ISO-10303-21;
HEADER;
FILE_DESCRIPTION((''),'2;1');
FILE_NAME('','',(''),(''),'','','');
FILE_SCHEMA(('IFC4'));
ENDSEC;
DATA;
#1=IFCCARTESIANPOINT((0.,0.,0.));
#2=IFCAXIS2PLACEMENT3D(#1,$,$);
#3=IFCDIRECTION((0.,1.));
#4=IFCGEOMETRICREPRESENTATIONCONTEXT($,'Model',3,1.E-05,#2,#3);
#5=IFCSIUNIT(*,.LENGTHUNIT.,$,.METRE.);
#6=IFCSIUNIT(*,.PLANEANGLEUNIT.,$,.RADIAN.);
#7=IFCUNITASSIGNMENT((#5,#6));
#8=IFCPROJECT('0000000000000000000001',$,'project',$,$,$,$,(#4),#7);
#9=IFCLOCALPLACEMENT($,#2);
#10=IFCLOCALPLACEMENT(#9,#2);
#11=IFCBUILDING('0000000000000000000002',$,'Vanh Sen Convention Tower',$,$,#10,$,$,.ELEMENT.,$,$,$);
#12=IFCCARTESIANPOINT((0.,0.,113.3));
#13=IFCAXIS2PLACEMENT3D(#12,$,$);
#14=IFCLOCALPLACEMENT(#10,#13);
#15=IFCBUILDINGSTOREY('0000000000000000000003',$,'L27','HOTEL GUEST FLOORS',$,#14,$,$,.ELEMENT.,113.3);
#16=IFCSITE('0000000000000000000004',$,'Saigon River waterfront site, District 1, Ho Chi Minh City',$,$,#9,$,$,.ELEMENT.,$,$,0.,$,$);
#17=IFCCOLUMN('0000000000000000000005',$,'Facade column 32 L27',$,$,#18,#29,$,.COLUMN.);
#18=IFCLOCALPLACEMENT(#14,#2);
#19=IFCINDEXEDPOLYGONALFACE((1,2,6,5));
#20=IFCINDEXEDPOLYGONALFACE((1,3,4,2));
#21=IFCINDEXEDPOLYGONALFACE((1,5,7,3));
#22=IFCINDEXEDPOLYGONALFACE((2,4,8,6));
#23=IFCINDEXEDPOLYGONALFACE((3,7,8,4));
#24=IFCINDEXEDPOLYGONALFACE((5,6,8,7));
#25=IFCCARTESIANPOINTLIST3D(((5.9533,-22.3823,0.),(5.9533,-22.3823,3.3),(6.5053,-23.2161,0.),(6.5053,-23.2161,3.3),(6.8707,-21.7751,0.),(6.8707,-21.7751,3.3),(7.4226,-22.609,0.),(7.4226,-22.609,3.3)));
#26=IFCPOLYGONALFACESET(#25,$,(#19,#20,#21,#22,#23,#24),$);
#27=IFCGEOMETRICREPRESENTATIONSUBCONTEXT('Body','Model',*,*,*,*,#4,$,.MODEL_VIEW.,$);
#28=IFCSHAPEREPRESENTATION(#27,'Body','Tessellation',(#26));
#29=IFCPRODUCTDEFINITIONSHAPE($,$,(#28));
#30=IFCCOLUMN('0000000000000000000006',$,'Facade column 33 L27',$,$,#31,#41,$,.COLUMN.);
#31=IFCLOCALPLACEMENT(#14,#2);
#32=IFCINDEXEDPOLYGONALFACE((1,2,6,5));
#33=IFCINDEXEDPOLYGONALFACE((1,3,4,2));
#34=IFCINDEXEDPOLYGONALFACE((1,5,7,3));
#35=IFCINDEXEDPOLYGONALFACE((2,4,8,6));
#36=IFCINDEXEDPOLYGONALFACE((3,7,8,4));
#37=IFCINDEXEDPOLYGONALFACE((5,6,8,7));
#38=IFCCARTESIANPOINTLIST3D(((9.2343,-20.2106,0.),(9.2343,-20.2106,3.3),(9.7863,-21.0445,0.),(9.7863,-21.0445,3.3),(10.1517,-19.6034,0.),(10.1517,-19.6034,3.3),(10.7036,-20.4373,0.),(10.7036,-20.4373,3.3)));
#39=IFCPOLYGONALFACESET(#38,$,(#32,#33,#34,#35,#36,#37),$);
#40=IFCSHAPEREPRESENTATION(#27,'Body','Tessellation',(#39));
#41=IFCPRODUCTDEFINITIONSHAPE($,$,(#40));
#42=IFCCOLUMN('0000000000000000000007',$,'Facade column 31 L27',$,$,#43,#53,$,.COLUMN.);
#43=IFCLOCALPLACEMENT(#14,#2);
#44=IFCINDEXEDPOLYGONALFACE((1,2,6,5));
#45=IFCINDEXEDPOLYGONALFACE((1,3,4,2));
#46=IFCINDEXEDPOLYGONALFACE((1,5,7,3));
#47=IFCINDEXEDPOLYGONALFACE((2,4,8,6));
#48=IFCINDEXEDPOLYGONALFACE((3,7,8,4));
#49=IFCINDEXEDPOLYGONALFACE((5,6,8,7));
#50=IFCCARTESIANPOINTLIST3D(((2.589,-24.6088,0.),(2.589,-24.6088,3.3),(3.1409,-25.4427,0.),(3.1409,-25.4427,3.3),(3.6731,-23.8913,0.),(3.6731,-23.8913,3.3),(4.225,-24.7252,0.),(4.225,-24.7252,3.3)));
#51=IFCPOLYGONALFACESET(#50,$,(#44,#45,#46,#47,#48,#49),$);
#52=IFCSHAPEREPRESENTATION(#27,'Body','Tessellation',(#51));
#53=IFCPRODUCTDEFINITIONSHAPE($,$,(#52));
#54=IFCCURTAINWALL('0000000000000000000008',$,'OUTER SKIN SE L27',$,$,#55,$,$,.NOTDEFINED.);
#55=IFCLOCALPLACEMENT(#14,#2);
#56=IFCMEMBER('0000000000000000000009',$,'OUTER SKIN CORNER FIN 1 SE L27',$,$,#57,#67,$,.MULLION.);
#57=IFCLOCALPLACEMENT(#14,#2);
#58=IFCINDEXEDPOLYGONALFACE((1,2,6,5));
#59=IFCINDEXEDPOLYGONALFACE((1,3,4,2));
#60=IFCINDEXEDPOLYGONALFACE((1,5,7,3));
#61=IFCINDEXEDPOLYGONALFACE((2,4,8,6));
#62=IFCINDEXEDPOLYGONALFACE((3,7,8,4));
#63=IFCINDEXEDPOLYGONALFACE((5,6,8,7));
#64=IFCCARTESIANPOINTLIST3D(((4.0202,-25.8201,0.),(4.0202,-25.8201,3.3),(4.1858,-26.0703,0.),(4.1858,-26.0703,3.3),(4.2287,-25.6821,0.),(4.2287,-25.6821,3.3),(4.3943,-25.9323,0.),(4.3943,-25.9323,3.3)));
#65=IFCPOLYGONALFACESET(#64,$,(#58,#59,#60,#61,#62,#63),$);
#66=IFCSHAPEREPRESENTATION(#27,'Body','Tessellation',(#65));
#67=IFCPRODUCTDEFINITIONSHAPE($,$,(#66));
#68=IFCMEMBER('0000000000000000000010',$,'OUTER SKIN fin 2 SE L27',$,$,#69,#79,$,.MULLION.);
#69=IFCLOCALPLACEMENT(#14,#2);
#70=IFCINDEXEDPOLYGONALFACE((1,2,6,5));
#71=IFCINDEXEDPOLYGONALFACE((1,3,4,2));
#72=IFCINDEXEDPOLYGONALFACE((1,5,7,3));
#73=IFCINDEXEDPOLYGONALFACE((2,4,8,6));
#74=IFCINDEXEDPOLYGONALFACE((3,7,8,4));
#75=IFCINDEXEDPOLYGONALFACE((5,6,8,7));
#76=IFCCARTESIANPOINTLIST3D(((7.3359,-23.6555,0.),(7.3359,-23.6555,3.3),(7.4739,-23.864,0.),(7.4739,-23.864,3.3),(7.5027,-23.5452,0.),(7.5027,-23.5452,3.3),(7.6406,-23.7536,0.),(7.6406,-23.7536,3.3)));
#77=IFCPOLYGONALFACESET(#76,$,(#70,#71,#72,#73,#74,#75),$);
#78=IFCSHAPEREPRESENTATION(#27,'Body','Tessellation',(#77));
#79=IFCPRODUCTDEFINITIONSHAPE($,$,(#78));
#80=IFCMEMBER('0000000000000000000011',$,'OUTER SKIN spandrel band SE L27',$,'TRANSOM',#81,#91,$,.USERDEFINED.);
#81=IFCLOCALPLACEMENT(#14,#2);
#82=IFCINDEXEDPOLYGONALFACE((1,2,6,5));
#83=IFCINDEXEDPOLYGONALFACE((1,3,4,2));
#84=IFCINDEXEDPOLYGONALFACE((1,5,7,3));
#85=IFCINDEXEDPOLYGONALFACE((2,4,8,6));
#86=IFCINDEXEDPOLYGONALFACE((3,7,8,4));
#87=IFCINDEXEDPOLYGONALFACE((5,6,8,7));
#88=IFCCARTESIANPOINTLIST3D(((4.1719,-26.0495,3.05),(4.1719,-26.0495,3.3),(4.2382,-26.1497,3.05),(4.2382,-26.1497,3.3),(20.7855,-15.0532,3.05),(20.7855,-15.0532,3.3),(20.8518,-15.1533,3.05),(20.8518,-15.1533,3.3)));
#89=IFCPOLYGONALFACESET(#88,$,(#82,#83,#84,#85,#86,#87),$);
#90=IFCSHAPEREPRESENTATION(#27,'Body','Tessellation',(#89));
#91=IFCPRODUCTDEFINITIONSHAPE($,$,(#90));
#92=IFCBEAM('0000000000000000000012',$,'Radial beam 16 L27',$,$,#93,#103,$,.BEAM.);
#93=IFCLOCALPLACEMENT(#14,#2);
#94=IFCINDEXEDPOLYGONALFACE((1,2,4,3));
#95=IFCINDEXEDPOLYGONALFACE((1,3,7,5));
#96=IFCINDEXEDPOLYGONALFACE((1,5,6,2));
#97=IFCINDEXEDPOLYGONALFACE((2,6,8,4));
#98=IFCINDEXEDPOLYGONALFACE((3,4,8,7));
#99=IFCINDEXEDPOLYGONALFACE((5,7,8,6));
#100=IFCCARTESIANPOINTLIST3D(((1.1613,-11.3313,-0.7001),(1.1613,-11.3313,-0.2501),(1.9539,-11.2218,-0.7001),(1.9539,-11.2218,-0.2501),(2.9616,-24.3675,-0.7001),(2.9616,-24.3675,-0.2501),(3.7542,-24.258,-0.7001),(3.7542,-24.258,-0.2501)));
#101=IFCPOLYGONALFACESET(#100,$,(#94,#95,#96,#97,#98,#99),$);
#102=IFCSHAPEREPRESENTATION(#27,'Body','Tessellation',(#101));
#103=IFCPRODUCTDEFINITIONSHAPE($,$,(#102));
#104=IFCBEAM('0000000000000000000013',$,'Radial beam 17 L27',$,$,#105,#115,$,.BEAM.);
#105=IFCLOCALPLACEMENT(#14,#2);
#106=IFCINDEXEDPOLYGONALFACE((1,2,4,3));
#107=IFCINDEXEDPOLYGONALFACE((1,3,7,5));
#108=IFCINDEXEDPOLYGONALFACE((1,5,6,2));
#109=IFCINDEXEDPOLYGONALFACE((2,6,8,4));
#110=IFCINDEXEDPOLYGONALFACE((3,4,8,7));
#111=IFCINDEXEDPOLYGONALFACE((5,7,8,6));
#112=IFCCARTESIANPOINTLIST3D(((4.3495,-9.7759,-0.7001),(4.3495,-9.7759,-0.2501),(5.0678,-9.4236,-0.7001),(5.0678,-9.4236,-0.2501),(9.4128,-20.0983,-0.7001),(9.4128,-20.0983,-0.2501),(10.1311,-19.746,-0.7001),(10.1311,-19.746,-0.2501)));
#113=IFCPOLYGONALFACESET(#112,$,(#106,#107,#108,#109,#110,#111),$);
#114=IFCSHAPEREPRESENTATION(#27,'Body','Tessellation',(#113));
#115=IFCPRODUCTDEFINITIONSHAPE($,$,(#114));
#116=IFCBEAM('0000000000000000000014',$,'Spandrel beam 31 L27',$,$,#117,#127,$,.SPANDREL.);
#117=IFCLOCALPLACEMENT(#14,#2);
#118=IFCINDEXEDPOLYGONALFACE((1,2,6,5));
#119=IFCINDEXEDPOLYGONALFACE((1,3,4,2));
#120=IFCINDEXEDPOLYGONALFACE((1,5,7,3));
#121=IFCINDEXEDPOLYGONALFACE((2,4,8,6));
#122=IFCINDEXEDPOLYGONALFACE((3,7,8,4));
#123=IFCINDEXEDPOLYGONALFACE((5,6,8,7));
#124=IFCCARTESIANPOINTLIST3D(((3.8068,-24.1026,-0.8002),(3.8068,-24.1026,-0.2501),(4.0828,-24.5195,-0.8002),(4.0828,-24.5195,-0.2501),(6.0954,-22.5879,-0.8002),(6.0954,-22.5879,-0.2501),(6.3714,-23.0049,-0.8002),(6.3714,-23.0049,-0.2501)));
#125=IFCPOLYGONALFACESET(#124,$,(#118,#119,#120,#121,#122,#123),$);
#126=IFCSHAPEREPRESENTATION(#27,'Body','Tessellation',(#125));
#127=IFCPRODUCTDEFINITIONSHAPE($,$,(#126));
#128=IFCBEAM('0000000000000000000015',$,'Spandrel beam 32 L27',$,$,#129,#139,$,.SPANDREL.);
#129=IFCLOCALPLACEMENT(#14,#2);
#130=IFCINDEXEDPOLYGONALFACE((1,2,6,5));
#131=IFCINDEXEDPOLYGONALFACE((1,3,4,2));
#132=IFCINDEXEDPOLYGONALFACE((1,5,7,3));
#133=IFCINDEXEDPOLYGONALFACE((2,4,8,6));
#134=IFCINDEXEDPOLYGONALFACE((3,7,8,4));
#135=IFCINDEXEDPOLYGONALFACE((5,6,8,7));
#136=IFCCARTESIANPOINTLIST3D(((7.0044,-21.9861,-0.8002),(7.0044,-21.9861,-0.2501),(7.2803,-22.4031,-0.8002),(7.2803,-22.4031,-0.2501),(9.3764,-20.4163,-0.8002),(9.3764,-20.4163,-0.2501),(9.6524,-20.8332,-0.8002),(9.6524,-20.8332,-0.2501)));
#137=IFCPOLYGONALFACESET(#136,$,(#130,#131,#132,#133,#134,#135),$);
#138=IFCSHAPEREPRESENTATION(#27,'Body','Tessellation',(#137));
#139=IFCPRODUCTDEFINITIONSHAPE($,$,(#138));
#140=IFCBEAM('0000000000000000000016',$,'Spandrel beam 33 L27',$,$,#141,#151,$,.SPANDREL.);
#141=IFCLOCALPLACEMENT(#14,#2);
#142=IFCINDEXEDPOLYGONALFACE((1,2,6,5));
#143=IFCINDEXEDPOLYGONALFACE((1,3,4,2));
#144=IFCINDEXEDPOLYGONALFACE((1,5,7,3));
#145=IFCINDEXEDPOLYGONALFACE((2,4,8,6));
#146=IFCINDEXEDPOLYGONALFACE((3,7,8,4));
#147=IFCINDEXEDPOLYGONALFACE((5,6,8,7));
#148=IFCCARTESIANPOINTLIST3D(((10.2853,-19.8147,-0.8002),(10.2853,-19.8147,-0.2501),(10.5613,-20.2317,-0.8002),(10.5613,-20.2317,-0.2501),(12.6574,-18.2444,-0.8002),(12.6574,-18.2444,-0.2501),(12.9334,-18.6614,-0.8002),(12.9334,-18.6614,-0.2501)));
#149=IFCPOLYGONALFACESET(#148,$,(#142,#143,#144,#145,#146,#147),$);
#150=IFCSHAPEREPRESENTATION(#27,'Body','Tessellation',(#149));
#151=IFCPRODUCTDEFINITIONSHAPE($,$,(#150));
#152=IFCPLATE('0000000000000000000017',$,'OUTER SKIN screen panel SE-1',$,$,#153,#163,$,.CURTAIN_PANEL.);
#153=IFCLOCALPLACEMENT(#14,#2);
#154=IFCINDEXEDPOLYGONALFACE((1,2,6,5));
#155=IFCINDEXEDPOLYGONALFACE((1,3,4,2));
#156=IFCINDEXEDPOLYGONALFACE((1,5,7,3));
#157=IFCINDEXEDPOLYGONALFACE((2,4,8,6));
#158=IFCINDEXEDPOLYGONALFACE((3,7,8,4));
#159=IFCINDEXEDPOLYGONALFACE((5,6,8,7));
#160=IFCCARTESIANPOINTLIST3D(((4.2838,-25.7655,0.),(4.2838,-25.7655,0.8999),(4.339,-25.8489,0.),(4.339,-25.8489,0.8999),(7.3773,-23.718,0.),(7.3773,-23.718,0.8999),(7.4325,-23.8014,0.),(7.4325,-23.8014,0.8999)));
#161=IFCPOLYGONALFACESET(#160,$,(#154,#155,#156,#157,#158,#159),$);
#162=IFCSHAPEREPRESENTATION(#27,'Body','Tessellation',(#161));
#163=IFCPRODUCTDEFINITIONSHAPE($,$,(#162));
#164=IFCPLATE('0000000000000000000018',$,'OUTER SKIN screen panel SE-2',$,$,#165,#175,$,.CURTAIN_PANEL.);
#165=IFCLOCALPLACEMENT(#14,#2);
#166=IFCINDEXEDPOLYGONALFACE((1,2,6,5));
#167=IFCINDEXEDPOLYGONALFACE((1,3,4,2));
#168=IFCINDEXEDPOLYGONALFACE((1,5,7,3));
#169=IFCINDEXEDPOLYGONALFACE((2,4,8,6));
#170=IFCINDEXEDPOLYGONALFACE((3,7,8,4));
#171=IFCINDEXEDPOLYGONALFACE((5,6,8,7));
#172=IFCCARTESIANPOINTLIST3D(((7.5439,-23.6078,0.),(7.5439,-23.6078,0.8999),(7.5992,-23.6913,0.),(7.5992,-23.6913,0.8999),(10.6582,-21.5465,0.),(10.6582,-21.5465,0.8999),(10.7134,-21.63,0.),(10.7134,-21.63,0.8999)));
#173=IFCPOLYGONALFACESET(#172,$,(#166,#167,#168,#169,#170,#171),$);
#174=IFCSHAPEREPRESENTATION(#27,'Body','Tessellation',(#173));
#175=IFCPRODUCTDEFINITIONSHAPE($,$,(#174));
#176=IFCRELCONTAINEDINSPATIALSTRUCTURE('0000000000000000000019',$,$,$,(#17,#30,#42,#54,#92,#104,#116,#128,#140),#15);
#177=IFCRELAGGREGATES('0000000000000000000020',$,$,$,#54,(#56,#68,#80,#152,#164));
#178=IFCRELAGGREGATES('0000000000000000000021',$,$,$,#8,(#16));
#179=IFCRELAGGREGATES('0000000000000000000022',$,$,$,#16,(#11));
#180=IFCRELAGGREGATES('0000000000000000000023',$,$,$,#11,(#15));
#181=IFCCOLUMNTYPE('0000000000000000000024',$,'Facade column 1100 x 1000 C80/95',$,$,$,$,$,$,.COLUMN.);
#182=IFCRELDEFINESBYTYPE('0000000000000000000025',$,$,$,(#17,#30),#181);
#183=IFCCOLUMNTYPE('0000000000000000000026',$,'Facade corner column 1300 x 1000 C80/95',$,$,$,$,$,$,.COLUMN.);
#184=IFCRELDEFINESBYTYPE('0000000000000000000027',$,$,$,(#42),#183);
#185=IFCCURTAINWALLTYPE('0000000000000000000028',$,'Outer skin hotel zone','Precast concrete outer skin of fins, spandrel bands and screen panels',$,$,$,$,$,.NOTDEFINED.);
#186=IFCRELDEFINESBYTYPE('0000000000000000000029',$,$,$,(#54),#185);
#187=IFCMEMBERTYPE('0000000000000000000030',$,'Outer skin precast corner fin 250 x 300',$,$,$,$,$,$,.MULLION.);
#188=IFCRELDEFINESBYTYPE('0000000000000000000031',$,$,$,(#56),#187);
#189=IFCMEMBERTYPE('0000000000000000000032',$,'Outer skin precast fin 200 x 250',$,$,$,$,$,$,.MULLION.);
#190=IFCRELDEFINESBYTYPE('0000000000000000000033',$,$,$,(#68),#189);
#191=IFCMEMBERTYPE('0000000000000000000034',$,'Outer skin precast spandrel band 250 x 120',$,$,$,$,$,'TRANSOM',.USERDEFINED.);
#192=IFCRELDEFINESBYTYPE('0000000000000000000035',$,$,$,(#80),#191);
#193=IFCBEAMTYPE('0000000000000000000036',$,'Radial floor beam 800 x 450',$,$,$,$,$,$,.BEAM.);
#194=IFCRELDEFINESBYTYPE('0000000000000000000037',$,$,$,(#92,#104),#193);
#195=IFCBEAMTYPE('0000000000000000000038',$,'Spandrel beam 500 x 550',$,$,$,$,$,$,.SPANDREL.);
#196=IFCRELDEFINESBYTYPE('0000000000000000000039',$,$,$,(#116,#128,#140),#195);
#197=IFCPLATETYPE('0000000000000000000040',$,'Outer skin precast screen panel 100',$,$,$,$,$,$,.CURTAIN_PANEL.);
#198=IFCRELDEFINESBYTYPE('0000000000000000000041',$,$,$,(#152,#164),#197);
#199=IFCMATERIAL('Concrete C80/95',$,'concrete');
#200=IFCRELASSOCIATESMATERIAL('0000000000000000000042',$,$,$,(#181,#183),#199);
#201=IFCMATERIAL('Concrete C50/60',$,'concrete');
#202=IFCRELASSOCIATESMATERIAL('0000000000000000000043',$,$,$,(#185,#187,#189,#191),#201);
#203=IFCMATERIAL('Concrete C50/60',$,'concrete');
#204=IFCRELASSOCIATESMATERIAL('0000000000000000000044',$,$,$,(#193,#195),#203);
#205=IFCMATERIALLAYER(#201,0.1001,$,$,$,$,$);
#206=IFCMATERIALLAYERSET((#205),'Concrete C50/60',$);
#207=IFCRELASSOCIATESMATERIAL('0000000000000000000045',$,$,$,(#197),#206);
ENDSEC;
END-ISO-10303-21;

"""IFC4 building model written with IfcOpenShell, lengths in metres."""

from ifc_helpers import new_model, si_unit, direction, frame, origin, origin_2d, place, context, subcontext, project, spatial, rectangle, extrude, material, layer, layer_set, material_profile, profile_set, type_object, element, aggregate, save


model = new_model("IFC4")

# Units and contexts
model_context = context("Model", 3, precision=1e-05, world=origin(), true_north=direction((0.0, 1.0)))
body_context = subcontext(model_context, "Body", "Model", "MODEL_VIEW")
ifc_project = project(units=[si_unit("LENGTHUNIT", "METRE"), si_unit("PLANEANGLEUNIT", "RADIAN")], contexts=[model_context])

# Site, building, storey
site_placement = place(None, origin())
site = spatial("IfcSite", under=ifc_project, at=site_placement, Name="Saigon River waterfront site, District 1, Ho Chi Minh City", CompositionType="ELEMENT", RefElevation=0.0)
building_placement = place(site_placement, origin())
building = spatial("IfcBuilding", under=site, at=building_placement, Name="Vanh Sen Convention Tower", CompositionType="ELEMENT")
storey_placement = place(building_placement, frame((0.0, 0.0, 113.3)))
storey = spatial("IfcBuildingStorey", under=building, at=storey_placement, Name="L27", Description="HOTEL GUEST FLOORS", CompositionType="ELEMENT", Elevation=113.3)

# Columns
ifc_material_1 = material(Name="Concrete C80/95", Category="concrete")
ifc_material_profile_1 = material_profile(ifc_material_1, rectangle(XDim=1.1001, YDim=1.0, at=origin_2d()), Name="RC 1100X1000")
ifc_profile_set_1 = profile_set([ifc_material_profile_1], Name="Concrete C80/95")
column_type_1 = type_object("IfcColumnType", Name="Facade column 1100 x 1000 C80/95", PredefinedType="COLUMN", material=ifc_profile_set_1)
for number, where, z_axis, x_axis, name in (
    (1, (6.688, -22.4956, 0.0), (0.0, 0.0, 1.0), (0.833886, 0.551937, 0.0), "Facade column 32 L27"),
    (2, (9.969, -20.324, 0.0), (0.0, 0.0, 1.0), (0.833886, 0.551937, 0.0), "Facade column 33 L27"),
):
    element("IfcColumn", number, at=place(storey_placement, frame(where, z_axis=z_axis, x_axis=x_axis)), inside=storey, type_object=column_type_1, Name=name, PredefinedType="COLUMN", context=body_context, shape_type="SweptSolid", body=[
        extrude(rectangle(XDim=1.1001, YDim=1.0, at=origin_2d()), origin(), (0.0, 0.0, 1.0), 3.3),
    ])
ifc_material_profile_2 = material_profile(ifc_material_1, rectangle(XDim=1.3, YDim=1.0, at=origin_2d()), Name="RC 1300X1000")
ifc_profile_set_2 = profile_set([ifc_material_profile_2], Name="Concrete C80/95")
column_type_2 = type_object("IfcColumnType", Name="Facade corner column 1300 x 1000 C80/95", PredefinedType="COLUMN", material=ifc_profile_set_2)
column_placement = place(storey_placement, frame((3.407, -24.667, 0.0), z_axis=(0.0, 0.0, 1.0), x_axis=(0.833886, 0.551937, 0.0)))
element("IfcColumn", 3, at=column_placement, inside=storey, type_object=column_type_2, Name="Facade column 31 L27", PredefinedType="COLUMN", context=body_context, shape_type="SweptSolid", body=[
    extrude(rectangle(XDim=1.3, YDim=1.0, at=origin_2d()), origin(), (0.0, 0.0, 1.0), 3.3),
])

# Curtain wall, members
ifc_material_2 = material(Name="Concrete C50/60", Category="concrete")
curtain_wall_type = type_object("IfcCurtainWallType", Name="Outer skin hotel zone", Description="Precast concrete outer skin of fins, spandrel bands and screen panels", PredefinedType="NOTDEFINED", material=ifc_material_2)
curtain_wall_placement = place(storey_placement, origin())
curtain_wall = element("IfcCurtainWall", 4, at=curtain_wall_placement, inside=storey, type_object=curtain_wall_type, Name="OUTER SKIN SE L27", PredefinedType="NOTDEFINED")
ifc_material_profile_3 = material_profile(ifc_material_2, rectangle(XDim=0.25, YDim=0.3, at=origin_2d()), Name="Outer skin precast corner fin 250 x 300")
ifc_profile_set_3 = profile_set([ifc_material_profile_3], Name="Concrete C50/60")
member_type_1 = type_object("IfcMemberType", Name="Outer skin precast corner fin 250 x 300", PredefinedType="MULLION", material=ifc_profile_set_3)
member_1_placement = place(storey_placement, frame((4.2073, -25.8762, 0.0), z_axis=(0.0, 0.0, 1.0), x_axis=(0.833886, 0.551937, 0.0)))
member_1 = element("IfcMember", 5, at=member_1_placement, type_object=member_type_1, Name="OUTER SKIN CORNER FIN 1 SE L27", PredefinedType="MULLION", context=body_context, shape_type="SweptSolid", body=[
    extrude(rectangle(XDim=0.25, YDim=0.3, at=origin_2d()), origin(), (0.0, 0.0, 1.0), 3.3),
])
ifc_material_profile_4 = material_profile(ifc_material_2, rectangle(XDim=0.2, YDim=0.25, at=origin_2d()), Name="Outer skin precast fin 200 x 250")
ifc_profile_set_4 = profile_set([ifc_material_profile_4], Name="Concrete C50/60")
member_type_2 = type_object("IfcMemberType", Name="Outer skin precast fin 200 x 250", PredefinedType="MULLION", material=ifc_profile_set_4)
member_2_placement = place(storey_placement, frame((7.4883, -23.7046, 0.0), z_axis=(0.0, 0.0, 1.0), x_axis=(0.833886, 0.551937, 0.0)))
member_2 = element("IfcMember", 6, at=member_2_placement, type_object=member_type_2, Name="OUTER SKIN fin 2 SE L27", PredefinedType="MULLION", context=body_context, shape_type="SweptSolid", body=[
    extrude(rectangle(XDim=0.2, YDim=0.25, at=origin_2d()), origin(), (0.0, 0.0, 1.0), 3.3),
])
ifc_material_profile_5 = material_profile(ifc_material_2, rectangle(XDim=0.1201, YDim=0.25, at=origin_2d()), Name="Outer skin precast spandrel band 250 x 120")
ifc_profile_set_5 = profile_set([ifc_material_profile_5], Name="Concrete C50/60")
member_type_3 = type_object("IfcMemberType", Name="Outer skin precast spandrel band 250 x 120", ElementType="TRANSOM", PredefinedType="USERDEFINED", material=ifc_profile_set_5)
member_3_placement = place(storey_placement, frame((4.2051, -26.0996, 3.175), z_axis=(0.833884, 0.55194, 0.0), x_axis=(-0.55194, 0.833884, 0.0)))
member_3 = element("IfcMember", 7, at=member_3_placement, type_object=member_type_3, Name="OUTER SKIN spandrel band SE L27", ObjectType="TRANSOM", PredefinedType="USERDEFINED", context=body_context, shape_type="SweptSolid", body=[
    extrude(rectangle(XDim=0.1201, YDim=0.25, at=origin_2d()), origin(), (0.0, 0.0, 1.0), 19.9231),
])

# Beams
ifc_material_3 = material(Name="Concrete C50/60", Category="concrete")
ifc_material_profile_6 = material_profile(ifc_material_3, rectangle(XDim=0.8, YDim=0.45, at=origin_2d()), Name="RC 800X450")
ifc_profile_set_6 = profile_set([ifc_material_profile_6], Name="Concrete C50/60")
beam_type_1 = type_object("IfcBeamType", Name="Radial floor beam 800 x 450", PredefinedType="BEAM", material=ifc_profile_set_6)
beam_1_placement = place(storey_placement, frame((3.3579, -24.3127, -0.4751), z_axis=(-0.136802, 0.990598, 0.0), x_axis=(-0.990598, -0.136802, 0.0)))
element("IfcBeam", 8, at=beam_1_placement, inside=storey, type_object=beam_type_1, Name="Radial beam 16 L27", PredefinedType="BEAM", context=body_context, shape_type="SweptSolid", body=[
    extrude(rectangle(XDim=0.8, YDim=0.45, at=origin_2d()), origin(), (0.0, 0.0, 1.0), 13.1599),
])
beam_2_placement = place(storey_placement, frame((9.772, -19.9221, -0.4751), z_axis=(-0.440389, 0.897807, 0.0), x_axis=(-0.897807, -0.440389, 0.0)))
element("IfcBeam", 9, at=beam_2_placement, inside=storey, type_object=beam_type_1, Name="Radial beam 17 L27", PredefinedType="BEAM", context=body_context, shape_type="SweptSolid", body=[
    extrude(rectangle(XDim=0.8, YDim=0.45, at=origin_2d()), origin(), (0.0, 0.0, 1.0), 11.4973),
])
ifc_material_profile_7 = material_profile(ifc_material_3, rectangle(XDim=0.5, YDim=0.55, at=origin_2d()), Name="RC 500X550")
ifc_profile_set_7 = profile_set([ifc_material_profile_7], Name="Concrete C50/60")
beam_type_2 = type_object("IfcBeamType", Name="Spandrel beam 500 x 550", PredefinedType="SPANDREL", material=ifc_profile_set_7)
beam_3_placement = place(storey_placement, frame((3.9448, -24.311, -0.5251), z_axis=(0.833907, 0.551905, 0.0), x_axis=(-0.551905, 0.833907, 0.0)))
element("IfcBeam", 10, at=beam_3_placement, inside=storey, type_object=beam_type_2, Name="Spandrel beam 31 L27", PredefinedType="SPANDREL", context=body_context, shape_type="SweptSolid", body=[
    extrude(rectangle(XDim=0.5, YDim=0.55, at=origin_2d()), origin(), (0.0, 0.0, 1.0), 2.7444),
])
beam_4_placement = place(storey_placement, frame((7.1423, -22.1946, -0.5251), z_axis=(0.833921, 0.551884, 0.0), x_axis=(-0.551884, 0.833921, 0.0)))
element("IfcBeam", 11, at=beam_4_placement, inside=storey, type_object=beam_type_2, Name="Spandrel beam 32 L27", PredefinedType="SPANDREL", context=body_context, shape_type="SweptSolid", body=[
    extrude(rectangle(XDim=0.5, YDim=0.55, at=origin_2d()), origin(), (0.0, 0.0, 1.0), 2.8445),
])
beam_5_placement = place(storey_placement, frame((10.4233, -20.0232, -0.5251), z_axis=(0.833842, 0.552004, 0.0), x_axis=(-0.552004, 0.833842, 0.0)))
element("IfcBeam", 12, at=beam_5_placement, inside=storey, type_object=beam_type_2, Name="Spandrel beam 33 L27", PredefinedType="SPANDREL", context=body_context, shape_type="SweptSolid", body=[
    extrude(rectangle(XDim=0.5, YDim=0.55, at=origin_2d()), origin(), (0.0, 0.0, 1.0), 2.8447),
])

# Plates
ifc_layer_1 = layer(ifc_material_2, 0.1001)
ifc_layer_set_1 = layer_set([ifc_layer_1], Name="Concrete C50/60")
plate_type = type_object("IfcPlateType", Name="Outer skin precast screen panel 100", PredefinedType="CURTAIN_PANEL", material=ifc_layer_set_1)
plate_1_placement = place(storey_placement, frame((5.8582, -24.7834, 0.0), z_axis=(0.0, 0.0, 1.0), x_axis=(0.833892, 0.551928, 0.0)))
plate_1 = element("IfcPlate", 13, at=plate_1_placement, type_object=plate_type, Name="OUTER SKIN screen panel SE-1", PredefinedType="CURTAIN_PANEL", context=body_context, shape_type="SweptSolid", body=[
    extrude(rectangle(XDim=3.7097, YDim=0.1001, at=origin_2d()), origin(), (0.0, 0.0, 1.0), 0.8999),
])
plate_2_placement = place(storey_placement, frame((9.1287, -22.6189, 0.0), z_axis=(0.0, 0.0, 1.0), x_axis=(0.833892, 0.551928, 0.0)))
plate_2 = element("IfcPlate", 14, at=plate_2_placement, type_object=plate_type, Name="OUTER SKIN screen panel SE-2", PredefinedType="CURTAIN_PANEL", context=body_context, shape_type="SweptSolid", body=[
    extrude(rectangle(XDim=3.7346, YDim=0.1001, at=origin_2d()), origin(), (0.0, 0.0, 1.0), 0.8999),
])
aggregate(curtain_wall, [member_1, member_2, member_3, plate_1, plate_2])

save(model, "model.ifc")
